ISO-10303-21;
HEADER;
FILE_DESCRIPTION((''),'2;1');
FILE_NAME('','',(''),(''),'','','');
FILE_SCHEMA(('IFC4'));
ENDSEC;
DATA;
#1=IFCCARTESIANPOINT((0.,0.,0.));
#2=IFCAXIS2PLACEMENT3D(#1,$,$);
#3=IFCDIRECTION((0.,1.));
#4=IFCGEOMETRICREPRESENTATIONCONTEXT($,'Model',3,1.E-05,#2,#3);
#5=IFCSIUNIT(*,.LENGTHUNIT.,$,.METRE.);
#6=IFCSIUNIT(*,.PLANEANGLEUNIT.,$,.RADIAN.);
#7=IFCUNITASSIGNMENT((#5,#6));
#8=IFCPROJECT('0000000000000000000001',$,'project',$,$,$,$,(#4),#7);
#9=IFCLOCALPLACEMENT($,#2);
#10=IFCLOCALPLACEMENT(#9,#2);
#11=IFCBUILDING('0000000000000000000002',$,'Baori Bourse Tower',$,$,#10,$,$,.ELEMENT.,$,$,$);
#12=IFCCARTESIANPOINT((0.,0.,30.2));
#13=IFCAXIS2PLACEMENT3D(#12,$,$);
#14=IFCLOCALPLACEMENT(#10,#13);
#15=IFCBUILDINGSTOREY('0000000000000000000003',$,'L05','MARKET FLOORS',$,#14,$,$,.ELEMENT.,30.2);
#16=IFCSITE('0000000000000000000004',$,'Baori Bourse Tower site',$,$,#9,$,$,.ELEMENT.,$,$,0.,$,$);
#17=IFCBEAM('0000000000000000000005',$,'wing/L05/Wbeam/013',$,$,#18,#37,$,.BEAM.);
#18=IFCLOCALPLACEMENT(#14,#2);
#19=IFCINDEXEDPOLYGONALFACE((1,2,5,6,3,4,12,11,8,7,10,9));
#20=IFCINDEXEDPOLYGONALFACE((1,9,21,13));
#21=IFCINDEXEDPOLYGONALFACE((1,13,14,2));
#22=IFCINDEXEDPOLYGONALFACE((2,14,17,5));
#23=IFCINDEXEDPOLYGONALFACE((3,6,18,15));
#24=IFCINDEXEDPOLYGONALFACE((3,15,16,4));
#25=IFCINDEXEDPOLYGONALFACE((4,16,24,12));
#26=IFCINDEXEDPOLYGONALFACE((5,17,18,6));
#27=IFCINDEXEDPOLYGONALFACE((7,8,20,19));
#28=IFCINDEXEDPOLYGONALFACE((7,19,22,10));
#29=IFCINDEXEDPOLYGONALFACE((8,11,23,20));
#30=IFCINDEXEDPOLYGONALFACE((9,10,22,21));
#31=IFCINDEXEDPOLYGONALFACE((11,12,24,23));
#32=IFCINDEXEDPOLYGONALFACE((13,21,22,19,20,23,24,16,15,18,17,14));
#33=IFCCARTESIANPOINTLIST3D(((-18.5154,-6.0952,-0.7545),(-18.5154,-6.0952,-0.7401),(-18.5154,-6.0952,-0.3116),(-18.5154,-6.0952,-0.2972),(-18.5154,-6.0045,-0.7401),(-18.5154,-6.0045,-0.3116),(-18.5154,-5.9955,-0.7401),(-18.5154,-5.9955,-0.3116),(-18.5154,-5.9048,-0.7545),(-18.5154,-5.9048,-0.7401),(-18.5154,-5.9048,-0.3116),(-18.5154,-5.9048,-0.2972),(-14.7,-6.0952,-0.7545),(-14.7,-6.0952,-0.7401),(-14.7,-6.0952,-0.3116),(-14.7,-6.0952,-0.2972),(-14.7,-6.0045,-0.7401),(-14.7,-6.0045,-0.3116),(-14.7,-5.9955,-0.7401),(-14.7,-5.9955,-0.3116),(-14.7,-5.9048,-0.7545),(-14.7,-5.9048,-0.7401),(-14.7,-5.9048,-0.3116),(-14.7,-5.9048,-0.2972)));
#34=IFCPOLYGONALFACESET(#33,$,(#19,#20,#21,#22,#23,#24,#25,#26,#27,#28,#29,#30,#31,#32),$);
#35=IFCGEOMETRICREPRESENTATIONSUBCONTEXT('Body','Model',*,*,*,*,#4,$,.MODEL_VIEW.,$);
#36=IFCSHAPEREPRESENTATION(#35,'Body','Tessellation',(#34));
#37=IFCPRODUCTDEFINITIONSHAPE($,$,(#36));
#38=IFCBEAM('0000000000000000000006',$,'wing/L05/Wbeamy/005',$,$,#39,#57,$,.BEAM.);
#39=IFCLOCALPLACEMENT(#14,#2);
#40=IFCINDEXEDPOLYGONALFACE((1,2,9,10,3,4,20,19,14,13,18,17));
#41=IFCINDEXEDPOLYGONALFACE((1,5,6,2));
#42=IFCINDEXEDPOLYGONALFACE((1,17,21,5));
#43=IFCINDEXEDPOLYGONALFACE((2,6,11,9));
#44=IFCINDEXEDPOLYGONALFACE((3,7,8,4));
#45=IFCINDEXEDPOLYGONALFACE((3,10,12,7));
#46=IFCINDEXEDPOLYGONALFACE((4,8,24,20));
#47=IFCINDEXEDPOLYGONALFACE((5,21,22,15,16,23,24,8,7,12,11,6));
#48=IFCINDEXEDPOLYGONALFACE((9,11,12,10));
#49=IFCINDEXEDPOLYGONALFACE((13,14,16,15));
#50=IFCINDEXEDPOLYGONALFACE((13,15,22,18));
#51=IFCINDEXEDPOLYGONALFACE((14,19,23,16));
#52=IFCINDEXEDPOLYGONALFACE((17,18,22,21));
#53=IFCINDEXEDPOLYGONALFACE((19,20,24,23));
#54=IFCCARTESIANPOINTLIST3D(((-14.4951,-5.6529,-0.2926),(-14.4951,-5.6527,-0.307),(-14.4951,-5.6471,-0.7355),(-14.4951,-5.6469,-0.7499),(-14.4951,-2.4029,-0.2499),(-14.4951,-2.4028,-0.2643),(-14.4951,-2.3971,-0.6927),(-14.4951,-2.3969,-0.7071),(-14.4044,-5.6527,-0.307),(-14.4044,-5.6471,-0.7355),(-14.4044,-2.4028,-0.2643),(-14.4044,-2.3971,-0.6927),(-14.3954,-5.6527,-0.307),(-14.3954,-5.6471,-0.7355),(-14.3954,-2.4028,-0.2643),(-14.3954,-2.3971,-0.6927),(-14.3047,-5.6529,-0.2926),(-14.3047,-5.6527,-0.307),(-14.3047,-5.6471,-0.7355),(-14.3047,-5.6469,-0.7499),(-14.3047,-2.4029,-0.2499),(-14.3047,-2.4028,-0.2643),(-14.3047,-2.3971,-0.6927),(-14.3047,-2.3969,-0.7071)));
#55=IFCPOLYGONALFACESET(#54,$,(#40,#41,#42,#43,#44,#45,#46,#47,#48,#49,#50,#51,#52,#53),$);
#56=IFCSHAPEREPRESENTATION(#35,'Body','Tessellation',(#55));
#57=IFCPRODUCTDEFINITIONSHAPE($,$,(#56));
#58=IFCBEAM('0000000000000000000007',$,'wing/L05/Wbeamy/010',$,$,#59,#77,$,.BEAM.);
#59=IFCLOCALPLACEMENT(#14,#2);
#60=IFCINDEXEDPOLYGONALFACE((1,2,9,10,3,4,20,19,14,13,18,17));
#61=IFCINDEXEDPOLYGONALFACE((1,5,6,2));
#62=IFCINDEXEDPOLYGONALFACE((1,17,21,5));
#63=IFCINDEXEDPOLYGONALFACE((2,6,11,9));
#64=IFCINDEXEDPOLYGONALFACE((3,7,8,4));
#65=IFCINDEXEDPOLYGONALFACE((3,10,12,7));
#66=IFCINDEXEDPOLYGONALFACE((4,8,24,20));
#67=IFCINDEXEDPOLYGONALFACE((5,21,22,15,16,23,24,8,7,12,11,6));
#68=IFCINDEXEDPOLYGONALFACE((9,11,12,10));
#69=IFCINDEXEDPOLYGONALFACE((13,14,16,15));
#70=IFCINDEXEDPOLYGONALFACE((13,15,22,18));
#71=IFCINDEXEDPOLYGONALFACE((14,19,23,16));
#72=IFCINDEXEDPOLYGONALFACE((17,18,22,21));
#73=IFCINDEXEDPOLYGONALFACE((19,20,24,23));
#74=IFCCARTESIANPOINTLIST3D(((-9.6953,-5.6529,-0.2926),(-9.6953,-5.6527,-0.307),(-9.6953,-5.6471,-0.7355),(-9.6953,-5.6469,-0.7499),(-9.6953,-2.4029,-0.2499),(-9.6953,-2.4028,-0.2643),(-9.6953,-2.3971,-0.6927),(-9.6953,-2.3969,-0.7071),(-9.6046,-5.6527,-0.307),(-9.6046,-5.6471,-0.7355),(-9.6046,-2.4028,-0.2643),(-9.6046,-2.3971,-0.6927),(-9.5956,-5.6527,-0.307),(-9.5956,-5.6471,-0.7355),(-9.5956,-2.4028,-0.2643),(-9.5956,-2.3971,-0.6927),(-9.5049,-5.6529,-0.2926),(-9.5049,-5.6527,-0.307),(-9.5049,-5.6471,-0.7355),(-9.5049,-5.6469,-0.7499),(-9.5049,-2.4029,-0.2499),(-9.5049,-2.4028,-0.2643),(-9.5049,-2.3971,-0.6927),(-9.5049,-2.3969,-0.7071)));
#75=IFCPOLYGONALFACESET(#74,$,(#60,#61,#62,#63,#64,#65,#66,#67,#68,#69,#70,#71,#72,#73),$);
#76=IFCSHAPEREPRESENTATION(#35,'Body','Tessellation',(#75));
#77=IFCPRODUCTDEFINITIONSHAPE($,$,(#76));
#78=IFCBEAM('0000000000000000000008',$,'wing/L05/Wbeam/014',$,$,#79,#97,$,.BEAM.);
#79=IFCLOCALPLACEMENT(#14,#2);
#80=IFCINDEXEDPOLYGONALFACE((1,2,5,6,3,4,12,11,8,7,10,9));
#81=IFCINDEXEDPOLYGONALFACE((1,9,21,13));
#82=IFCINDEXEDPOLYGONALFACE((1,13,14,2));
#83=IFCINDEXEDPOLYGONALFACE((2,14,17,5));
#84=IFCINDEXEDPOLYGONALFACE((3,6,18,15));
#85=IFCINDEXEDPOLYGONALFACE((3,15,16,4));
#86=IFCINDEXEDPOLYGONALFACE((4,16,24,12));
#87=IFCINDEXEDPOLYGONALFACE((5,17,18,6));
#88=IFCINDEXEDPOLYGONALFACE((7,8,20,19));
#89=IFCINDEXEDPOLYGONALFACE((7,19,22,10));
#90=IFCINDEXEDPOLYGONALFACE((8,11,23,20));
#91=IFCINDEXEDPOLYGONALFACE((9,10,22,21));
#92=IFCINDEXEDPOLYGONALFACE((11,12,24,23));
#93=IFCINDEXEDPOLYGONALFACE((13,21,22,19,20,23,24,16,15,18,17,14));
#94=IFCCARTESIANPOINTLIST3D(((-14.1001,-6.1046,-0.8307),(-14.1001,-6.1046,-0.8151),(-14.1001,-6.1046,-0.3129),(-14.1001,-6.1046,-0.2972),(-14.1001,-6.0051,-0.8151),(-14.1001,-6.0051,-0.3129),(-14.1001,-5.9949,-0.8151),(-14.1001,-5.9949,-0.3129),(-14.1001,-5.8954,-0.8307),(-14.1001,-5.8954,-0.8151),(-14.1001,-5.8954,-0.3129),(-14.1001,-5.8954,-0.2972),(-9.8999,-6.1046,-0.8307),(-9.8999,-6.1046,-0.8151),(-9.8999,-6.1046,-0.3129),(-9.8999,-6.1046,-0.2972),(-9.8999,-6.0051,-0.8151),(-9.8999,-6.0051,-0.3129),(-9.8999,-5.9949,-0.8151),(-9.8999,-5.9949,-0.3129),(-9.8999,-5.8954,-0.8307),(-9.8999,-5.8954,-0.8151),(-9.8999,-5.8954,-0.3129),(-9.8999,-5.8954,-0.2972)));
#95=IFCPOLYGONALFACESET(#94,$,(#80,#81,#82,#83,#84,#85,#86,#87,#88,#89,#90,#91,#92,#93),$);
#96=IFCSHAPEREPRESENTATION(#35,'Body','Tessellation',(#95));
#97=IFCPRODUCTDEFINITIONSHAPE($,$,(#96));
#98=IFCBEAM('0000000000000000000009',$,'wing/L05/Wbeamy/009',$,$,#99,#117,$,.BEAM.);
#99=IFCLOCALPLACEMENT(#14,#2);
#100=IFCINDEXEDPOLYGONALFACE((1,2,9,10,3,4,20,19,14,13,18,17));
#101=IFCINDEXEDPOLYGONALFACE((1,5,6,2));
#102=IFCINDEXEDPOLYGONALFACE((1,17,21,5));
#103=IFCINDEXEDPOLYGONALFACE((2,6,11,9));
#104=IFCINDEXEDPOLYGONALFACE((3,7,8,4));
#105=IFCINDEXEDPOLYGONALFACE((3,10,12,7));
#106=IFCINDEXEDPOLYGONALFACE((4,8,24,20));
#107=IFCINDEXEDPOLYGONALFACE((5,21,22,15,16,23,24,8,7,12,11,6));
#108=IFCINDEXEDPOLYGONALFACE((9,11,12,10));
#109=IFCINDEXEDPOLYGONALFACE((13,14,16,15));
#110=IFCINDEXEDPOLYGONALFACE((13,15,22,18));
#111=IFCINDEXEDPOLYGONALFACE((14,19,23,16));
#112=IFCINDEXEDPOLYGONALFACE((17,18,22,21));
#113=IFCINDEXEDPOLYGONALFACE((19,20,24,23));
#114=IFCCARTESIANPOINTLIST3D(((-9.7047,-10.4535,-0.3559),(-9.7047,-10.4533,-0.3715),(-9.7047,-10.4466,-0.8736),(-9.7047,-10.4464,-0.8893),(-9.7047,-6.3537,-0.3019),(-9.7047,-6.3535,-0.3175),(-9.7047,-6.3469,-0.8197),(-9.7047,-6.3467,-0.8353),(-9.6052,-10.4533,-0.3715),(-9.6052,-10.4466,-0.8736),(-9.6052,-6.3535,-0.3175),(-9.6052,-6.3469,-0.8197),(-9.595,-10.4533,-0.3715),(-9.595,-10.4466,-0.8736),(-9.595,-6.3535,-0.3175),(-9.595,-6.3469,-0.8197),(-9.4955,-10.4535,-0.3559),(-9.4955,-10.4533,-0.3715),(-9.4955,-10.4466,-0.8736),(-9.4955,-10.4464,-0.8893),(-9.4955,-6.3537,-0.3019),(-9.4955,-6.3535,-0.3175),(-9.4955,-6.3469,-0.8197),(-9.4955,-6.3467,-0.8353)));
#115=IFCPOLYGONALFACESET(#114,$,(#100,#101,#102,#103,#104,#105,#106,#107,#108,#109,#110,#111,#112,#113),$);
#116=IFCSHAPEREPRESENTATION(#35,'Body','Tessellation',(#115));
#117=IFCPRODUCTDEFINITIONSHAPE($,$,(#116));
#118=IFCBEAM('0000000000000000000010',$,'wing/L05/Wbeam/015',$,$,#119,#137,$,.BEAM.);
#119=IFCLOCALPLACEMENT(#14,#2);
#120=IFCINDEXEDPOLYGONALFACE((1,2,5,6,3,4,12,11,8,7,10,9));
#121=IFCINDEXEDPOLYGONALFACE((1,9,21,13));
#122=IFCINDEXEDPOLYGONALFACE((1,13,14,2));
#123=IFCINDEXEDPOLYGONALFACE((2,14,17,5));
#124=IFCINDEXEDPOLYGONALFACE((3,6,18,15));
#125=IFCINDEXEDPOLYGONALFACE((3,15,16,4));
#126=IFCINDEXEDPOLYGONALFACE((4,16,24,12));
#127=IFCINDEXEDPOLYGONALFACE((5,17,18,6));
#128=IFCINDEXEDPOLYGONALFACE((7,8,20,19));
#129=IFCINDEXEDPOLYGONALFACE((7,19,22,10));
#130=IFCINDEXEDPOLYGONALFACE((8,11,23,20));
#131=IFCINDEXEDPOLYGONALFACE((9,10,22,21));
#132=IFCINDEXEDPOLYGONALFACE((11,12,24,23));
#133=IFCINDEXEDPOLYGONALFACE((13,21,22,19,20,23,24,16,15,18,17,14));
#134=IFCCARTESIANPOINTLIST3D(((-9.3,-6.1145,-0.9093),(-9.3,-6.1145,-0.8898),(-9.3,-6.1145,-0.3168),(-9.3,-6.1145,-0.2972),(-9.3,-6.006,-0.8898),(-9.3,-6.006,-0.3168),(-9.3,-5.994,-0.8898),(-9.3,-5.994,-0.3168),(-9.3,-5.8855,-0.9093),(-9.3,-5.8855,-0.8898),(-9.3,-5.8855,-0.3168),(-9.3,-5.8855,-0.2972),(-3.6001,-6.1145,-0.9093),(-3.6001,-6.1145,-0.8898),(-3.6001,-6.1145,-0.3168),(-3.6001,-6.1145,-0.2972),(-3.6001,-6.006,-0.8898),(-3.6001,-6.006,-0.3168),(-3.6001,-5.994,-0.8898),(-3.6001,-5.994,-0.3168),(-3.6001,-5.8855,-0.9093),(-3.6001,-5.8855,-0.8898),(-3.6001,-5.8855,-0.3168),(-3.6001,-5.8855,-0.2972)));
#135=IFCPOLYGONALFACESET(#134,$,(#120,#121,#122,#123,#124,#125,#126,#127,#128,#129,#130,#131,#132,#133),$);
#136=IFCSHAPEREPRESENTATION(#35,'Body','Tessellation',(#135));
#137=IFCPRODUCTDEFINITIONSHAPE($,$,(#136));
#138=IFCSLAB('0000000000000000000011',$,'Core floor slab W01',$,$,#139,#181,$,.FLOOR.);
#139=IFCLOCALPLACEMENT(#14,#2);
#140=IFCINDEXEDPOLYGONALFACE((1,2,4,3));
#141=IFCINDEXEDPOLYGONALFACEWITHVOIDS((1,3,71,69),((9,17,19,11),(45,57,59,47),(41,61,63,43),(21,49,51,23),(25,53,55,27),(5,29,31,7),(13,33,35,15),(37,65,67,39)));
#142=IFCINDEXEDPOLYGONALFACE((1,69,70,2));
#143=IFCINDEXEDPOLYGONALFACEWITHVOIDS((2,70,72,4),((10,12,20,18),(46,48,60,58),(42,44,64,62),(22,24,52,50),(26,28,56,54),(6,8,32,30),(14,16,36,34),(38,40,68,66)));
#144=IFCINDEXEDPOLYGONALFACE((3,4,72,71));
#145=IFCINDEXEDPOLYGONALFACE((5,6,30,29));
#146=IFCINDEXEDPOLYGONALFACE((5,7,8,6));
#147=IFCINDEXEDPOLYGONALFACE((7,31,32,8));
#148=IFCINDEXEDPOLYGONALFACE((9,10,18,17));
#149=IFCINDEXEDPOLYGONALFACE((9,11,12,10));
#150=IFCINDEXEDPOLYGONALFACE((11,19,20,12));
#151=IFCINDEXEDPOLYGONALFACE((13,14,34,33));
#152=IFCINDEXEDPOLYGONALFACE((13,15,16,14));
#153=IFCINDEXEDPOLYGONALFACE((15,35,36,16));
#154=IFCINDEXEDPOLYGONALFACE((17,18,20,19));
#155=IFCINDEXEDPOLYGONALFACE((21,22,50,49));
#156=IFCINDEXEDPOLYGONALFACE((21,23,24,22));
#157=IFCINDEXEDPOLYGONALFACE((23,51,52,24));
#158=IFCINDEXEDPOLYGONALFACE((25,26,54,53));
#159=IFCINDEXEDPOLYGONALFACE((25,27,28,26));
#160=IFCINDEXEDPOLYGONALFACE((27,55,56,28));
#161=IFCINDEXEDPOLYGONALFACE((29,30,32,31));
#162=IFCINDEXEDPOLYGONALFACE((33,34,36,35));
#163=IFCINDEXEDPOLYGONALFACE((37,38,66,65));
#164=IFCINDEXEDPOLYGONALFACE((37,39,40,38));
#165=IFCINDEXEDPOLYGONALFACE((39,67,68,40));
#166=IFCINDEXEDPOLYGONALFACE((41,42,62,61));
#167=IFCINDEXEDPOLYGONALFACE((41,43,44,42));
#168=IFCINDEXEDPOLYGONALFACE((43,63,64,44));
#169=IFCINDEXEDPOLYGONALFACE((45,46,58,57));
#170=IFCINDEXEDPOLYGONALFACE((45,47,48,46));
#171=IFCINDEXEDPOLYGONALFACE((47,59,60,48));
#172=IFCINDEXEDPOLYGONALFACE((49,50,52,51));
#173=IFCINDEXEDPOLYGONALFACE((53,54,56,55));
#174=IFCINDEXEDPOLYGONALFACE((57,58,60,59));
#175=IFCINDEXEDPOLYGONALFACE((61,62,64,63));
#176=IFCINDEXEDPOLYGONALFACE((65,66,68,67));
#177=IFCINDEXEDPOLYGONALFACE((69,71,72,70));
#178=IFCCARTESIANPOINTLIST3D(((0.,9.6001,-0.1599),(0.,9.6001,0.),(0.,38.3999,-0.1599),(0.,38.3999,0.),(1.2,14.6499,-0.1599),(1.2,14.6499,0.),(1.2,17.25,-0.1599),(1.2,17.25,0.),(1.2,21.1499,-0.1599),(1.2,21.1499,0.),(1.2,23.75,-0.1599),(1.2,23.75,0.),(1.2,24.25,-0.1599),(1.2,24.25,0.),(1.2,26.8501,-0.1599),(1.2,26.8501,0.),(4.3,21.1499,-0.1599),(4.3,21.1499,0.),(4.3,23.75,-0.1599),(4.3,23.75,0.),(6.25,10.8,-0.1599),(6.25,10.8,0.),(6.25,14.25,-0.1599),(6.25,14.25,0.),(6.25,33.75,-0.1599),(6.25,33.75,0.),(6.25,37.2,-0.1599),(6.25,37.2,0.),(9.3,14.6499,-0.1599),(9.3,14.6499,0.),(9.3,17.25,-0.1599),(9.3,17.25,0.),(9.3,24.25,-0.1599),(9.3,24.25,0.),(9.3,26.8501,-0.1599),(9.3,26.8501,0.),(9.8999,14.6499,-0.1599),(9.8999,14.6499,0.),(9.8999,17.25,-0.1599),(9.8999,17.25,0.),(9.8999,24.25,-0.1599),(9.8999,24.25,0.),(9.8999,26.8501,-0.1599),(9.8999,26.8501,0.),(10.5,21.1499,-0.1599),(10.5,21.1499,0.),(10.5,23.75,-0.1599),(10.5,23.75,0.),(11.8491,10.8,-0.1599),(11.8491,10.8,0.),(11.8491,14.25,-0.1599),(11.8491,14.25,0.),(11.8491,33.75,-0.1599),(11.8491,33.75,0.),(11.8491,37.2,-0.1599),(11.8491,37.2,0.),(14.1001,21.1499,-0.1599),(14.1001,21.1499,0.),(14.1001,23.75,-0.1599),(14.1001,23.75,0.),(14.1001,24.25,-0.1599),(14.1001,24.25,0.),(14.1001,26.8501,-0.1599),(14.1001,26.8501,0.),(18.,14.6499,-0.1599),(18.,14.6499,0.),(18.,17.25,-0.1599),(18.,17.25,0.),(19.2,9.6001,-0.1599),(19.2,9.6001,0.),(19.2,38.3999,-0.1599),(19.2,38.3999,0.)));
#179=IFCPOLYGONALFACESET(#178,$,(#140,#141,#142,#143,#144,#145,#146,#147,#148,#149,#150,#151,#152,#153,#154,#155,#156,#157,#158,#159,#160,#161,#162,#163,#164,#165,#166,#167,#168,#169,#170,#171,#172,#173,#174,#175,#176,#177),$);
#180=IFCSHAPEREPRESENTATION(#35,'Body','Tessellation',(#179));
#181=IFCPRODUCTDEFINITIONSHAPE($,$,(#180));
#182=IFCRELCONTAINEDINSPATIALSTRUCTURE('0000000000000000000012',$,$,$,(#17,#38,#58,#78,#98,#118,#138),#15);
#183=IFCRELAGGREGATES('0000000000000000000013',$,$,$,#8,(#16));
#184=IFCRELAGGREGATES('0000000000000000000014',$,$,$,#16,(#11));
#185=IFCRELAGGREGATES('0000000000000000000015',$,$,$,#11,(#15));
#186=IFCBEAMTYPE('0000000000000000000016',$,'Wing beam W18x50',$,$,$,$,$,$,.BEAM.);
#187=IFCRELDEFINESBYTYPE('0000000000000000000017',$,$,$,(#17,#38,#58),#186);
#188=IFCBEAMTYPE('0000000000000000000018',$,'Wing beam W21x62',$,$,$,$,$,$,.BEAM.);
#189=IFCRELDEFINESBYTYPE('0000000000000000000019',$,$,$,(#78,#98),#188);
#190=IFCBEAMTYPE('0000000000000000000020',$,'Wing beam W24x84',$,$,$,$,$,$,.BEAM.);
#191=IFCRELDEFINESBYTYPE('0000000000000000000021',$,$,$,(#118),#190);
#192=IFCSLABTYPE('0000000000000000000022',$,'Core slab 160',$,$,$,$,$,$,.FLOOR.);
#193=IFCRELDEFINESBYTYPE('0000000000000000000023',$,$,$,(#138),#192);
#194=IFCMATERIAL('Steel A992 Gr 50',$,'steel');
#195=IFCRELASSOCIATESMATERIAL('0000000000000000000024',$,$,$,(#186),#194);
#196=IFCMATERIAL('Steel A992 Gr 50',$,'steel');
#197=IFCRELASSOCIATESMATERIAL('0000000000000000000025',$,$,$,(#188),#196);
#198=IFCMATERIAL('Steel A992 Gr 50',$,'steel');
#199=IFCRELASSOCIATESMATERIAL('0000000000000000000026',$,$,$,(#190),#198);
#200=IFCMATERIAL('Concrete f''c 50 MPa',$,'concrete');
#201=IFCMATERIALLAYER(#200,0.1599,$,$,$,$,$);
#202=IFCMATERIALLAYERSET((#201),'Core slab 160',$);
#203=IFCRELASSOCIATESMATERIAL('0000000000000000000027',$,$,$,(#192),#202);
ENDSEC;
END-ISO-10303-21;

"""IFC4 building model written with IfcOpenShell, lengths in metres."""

from ifc_helpers import new_model, si_unit, direction, frame, origin, origin_2d, place, context, subcontext, project, spatial, polyline, i_section, outline, extrude, material, layer, layer_set, material_profile, profile_set, type_object, element, save


model = new_model("IFC4")

# Units and contexts
model_context = context("Model", 3, precision=1e-05, world=origin(), true_north=direction((0.0, 1.0)))
body_context = subcontext(model_context, "Body", "Model", "MODEL_VIEW")
ifc_project = project(units=[si_unit("LENGTHUNIT", "METRE"), si_unit("PLANEANGLEUNIT", "RADIAN")], contexts=[model_context])

# Site, building, storey
site_placement = place(None, origin())
site = spatial("IfcSite", under=ifc_project, at=site_placement, Name="Baori Bourse Tower site", CompositionType="ELEMENT", RefElevation=0.0)
building_placement = place(site_placement, origin())
building = spatial("IfcBuilding", under=site, at=building_placement, Name="Baori Bourse Tower", CompositionType="ELEMENT")
storey_placement = place(building_placement, frame((0.0, 0.0, 30.2)))
storey = spatial("IfcBuildingStorey", under=building, at=storey_placement, Name="L05", Description="MARKET FLOORS", CompositionType="ELEMENT", Elevation=30.2)

# Beams
ifc_material_1 = material(Name="Steel A992 Gr 50", Category="steel")
ifc_material_profile_1 = material_profile(ifc_material_1, i_section(OverallWidth=0.1904, OverallDepth=0.4573, WebThickness=0.009, FlangeThickness=0.0144, at=origin_2d()), Name="W18x50")
ifc_profile_set_1 = profile_set([ifc_material_profile_1], Name="Steel A992 Gr 50")
beam_type_1 = type_object("IfcBeamType", Name="Wing beam W18x50", PredefinedType="BEAM", material=ifc_profile_set_1)
beam_1_placement = place(storey_placement, frame((-18.5154, -6.0, -0.5259), z_axis=(1.0, 0.0, 0.0), x_axis=(0.0, 1.0, 0.0)))
element("IfcBeam", 1, at=beam_1_placement, inside=storey, type_object=beam_type_1, Name="wing/L05/Wbeam/013", PredefinedType="BEAM", context=body_context, shape_type="SweptSolid", body=[
    extrude(i_section(OverallWidth=0.1904, OverallDepth=0.4573, WebThickness=0.009, FlangeThickness=0.0144, at=origin_2d()), origin(), (0.0, 0.0, 1.0), 3.8154),
])
for number, where, z_axis, x_axis, name in (
    (2, (-14.3999, -5.6499, -0.5212), (0.0, 0.999914, 0.013145), (-1.0, 0.0, 0.0), "wing/L05/Wbeamy/005"),
    (3, (-9.6001, -5.6499, -0.5212), (0.0, 0.999914, 0.013145), (-1.0, 0.0, 0.0), "wing/L05/Wbeamy/010"),
):
    element("IfcBeam", number, at=place(storey_placement, frame(where, z_axis=z_axis, x_axis=x_axis)), inside=storey, type_object=beam_type_1, Name=name, PredefinedType="BEAM", context=body_context, shape_type="SweptSolid", body=[
        extrude(i_section(OverallWidth=0.1904, OverallDepth=0.4573, WebThickness=0.009, FlangeThickness=0.0144, at=origin_2d()), origin(), (0.0, 0.0, 1.0), 3.2502),
    ])
ifc_material_2 = material(Name="Steel A992 Gr 50", Category="steel")
ifc_material_profile_2 = material_profile(ifc_material_2, i_section(OverallWidth=0.2092, OverallDepth=0.5334, WebThickness=0.0103, FlangeThickness=0.0156, at=origin_2d()), Name="W21x62")
ifc_profile_set_2 = profile_set([ifc_material_profile_2], Name="Steel A992 Gr 50")
beam_type_2 = type_object("IfcBeamType", Name="Wing beam W21x62", PredefinedType="BEAM", material=ifc_profile_set_2)
beam_2_placement = place(storey_placement, frame((-14.1001, -6.0, -0.564), z_axis=(1.0, 0.0, 0.0), x_axis=(0.0, 1.0, 0.0)))
element("IfcBeam", 4, at=beam_2_placement, inside=storey, type_object=beam_type_2, Name="wing/L05/Wbeam/014", PredefinedType="BEAM", context=body_context, shape_type="SweptSolid", body=[
    extrude(i_section(OverallWidth=0.2092, OverallDepth=0.5334, WebThickness=0.0103, FlangeThickness=0.0156, at=origin_2d()), origin(), (0.0, 0.0, 1.0), 4.2002),
])
beam_3_placement = place(storey_placement, frame((-9.6001, -10.45, -0.6226), z_axis=(0.0, 0.999913, 0.013159), x_axis=(-1.0, 0.0, 0.0)))
element("IfcBeam", 5, at=beam_3_placement, inside=storey, type_object=beam_type_2, Name="wing/L05/Wbeamy/009", PredefinedType="BEAM", context=body_context, shape_type="SweptSolid", body=[
    extrude(i_section(OverallWidth=0.2092, OverallDepth=0.5334, WebThickness=0.0103, FlangeThickness=0.0156, at=origin_2d()), origin(), (0.0, 0.0, 1.0), 4.1001),
])
ifc_material_3 = material(Name="Steel A992 Gr 50", Category="steel")
ifc_material_profile_3 = material_profile(ifc_material_3, i_section(OverallWidth=0.229, OverallDepth=0.6121, WebThickness=0.012, FlangeThickness=0.0195, at=origin_2d()), Name="W24x84")
ifc_profile_set_3 = profile_set([ifc_material_profile_3], Name="Steel A992 Gr 50")
beam_type_3 = type_object("IfcBeamType", Name="Wing beam W24x84", PredefinedType="BEAM", material=ifc_profile_set_3)
beam_4_placement = place(storey_placement, frame((-9.3, -6.0, -0.6033), z_axis=(1.0, 0.0, 0.0), x_axis=(0.0, 1.0, 0.0)))
element("IfcBeam", 6, at=beam_4_placement, inside=storey, type_object=beam_type_3, Name="wing/L05/Wbeam/015", PredefinedType="BEAM", context=body_context, shape_type="SweptSolid", body=[
    extrude(i_section(OverallWidth=0.229, OverallDepth=0.6121, WebThickness=0.012, FlangeThickness=0.0195, at=origin_2d()), origin(), (0.0, 0.0, 1.0), 5.7),
])

# Slab
ifc_material_4 = material(Name="Concrete f'c 50 MPa", Category="concrete")
ifc_layer_1 = layer(ifc_material_4, 0.1599)
ifc_layer_set_1 = layer_set([ifc_layer_1], Name="Core slab 160")
slab_type_1 = type_object("IfcSlabType", Name="Core slab 160", PredefinedType="FLOOR", material=ifc_layer_set_1)
slab_1_placement = place(storey_placement, frame((0.0, 0.0, -0.1599)))
element("IfcSlab", 7, at=slab_1_placement, inside=storey, type_object=slab_type_1, Name="Core floor slab W01", PredefinedType="FLOOR", context=body_context, shape_type="SweptSolid", body=[
    extrude(outline(polyline([(19.2, 9.6001), (19.2, 38.3999), (0.0, 38.3999), (0.0, 9.6001), (19.2, 9.6001)]), holes=[polyline([(9.8999, 14.6499), (9.8999, 17.25), (18.0, 17.25), (18.0, 14.6499), (9.8999, 14.6499)]), polyline([(10.5, 21.1499), (10.5, 23.75), (14.1001, 23.75), (14.1001, 21.1499), (10.5, 21.1499)]), polyline([(14.1001, 24.25), (9.8999, 24.25), (9.8999, 26.8501), (14.1001, 26.8501), (14.1001, 24.25)]), polyline([(6.25, 14.25), (11.8491, 14.25), (11.8491, 10.8), (6.25, 10.8), (6.25, 14.25)]), polyline([(11.8491, 37.2), (11.8491, 33.75), (6.25, 33.75), (6.25, 37.2), (11.8491, 37.2)]), polyline([(1.2, 26.8501), (9.3, 26.8501), (9.3, 24.25), (1.2, 24.25), (1.2, 26.8501)]), polyline([(9.3, 14.6499), (1.2, 14.6499), (1.2, 17.25), (9.3, 17.25), (9.3, 14.6499)]), polyline([(4.3, 23.75), (4.3, 21.1499), (1.2, 21.1499), (1.2, 23.75), (4.3, 23.75)])]), origin(), (0.0, 0.0, 1.0), 0.1599),
])

save(model, "model.ifc")
